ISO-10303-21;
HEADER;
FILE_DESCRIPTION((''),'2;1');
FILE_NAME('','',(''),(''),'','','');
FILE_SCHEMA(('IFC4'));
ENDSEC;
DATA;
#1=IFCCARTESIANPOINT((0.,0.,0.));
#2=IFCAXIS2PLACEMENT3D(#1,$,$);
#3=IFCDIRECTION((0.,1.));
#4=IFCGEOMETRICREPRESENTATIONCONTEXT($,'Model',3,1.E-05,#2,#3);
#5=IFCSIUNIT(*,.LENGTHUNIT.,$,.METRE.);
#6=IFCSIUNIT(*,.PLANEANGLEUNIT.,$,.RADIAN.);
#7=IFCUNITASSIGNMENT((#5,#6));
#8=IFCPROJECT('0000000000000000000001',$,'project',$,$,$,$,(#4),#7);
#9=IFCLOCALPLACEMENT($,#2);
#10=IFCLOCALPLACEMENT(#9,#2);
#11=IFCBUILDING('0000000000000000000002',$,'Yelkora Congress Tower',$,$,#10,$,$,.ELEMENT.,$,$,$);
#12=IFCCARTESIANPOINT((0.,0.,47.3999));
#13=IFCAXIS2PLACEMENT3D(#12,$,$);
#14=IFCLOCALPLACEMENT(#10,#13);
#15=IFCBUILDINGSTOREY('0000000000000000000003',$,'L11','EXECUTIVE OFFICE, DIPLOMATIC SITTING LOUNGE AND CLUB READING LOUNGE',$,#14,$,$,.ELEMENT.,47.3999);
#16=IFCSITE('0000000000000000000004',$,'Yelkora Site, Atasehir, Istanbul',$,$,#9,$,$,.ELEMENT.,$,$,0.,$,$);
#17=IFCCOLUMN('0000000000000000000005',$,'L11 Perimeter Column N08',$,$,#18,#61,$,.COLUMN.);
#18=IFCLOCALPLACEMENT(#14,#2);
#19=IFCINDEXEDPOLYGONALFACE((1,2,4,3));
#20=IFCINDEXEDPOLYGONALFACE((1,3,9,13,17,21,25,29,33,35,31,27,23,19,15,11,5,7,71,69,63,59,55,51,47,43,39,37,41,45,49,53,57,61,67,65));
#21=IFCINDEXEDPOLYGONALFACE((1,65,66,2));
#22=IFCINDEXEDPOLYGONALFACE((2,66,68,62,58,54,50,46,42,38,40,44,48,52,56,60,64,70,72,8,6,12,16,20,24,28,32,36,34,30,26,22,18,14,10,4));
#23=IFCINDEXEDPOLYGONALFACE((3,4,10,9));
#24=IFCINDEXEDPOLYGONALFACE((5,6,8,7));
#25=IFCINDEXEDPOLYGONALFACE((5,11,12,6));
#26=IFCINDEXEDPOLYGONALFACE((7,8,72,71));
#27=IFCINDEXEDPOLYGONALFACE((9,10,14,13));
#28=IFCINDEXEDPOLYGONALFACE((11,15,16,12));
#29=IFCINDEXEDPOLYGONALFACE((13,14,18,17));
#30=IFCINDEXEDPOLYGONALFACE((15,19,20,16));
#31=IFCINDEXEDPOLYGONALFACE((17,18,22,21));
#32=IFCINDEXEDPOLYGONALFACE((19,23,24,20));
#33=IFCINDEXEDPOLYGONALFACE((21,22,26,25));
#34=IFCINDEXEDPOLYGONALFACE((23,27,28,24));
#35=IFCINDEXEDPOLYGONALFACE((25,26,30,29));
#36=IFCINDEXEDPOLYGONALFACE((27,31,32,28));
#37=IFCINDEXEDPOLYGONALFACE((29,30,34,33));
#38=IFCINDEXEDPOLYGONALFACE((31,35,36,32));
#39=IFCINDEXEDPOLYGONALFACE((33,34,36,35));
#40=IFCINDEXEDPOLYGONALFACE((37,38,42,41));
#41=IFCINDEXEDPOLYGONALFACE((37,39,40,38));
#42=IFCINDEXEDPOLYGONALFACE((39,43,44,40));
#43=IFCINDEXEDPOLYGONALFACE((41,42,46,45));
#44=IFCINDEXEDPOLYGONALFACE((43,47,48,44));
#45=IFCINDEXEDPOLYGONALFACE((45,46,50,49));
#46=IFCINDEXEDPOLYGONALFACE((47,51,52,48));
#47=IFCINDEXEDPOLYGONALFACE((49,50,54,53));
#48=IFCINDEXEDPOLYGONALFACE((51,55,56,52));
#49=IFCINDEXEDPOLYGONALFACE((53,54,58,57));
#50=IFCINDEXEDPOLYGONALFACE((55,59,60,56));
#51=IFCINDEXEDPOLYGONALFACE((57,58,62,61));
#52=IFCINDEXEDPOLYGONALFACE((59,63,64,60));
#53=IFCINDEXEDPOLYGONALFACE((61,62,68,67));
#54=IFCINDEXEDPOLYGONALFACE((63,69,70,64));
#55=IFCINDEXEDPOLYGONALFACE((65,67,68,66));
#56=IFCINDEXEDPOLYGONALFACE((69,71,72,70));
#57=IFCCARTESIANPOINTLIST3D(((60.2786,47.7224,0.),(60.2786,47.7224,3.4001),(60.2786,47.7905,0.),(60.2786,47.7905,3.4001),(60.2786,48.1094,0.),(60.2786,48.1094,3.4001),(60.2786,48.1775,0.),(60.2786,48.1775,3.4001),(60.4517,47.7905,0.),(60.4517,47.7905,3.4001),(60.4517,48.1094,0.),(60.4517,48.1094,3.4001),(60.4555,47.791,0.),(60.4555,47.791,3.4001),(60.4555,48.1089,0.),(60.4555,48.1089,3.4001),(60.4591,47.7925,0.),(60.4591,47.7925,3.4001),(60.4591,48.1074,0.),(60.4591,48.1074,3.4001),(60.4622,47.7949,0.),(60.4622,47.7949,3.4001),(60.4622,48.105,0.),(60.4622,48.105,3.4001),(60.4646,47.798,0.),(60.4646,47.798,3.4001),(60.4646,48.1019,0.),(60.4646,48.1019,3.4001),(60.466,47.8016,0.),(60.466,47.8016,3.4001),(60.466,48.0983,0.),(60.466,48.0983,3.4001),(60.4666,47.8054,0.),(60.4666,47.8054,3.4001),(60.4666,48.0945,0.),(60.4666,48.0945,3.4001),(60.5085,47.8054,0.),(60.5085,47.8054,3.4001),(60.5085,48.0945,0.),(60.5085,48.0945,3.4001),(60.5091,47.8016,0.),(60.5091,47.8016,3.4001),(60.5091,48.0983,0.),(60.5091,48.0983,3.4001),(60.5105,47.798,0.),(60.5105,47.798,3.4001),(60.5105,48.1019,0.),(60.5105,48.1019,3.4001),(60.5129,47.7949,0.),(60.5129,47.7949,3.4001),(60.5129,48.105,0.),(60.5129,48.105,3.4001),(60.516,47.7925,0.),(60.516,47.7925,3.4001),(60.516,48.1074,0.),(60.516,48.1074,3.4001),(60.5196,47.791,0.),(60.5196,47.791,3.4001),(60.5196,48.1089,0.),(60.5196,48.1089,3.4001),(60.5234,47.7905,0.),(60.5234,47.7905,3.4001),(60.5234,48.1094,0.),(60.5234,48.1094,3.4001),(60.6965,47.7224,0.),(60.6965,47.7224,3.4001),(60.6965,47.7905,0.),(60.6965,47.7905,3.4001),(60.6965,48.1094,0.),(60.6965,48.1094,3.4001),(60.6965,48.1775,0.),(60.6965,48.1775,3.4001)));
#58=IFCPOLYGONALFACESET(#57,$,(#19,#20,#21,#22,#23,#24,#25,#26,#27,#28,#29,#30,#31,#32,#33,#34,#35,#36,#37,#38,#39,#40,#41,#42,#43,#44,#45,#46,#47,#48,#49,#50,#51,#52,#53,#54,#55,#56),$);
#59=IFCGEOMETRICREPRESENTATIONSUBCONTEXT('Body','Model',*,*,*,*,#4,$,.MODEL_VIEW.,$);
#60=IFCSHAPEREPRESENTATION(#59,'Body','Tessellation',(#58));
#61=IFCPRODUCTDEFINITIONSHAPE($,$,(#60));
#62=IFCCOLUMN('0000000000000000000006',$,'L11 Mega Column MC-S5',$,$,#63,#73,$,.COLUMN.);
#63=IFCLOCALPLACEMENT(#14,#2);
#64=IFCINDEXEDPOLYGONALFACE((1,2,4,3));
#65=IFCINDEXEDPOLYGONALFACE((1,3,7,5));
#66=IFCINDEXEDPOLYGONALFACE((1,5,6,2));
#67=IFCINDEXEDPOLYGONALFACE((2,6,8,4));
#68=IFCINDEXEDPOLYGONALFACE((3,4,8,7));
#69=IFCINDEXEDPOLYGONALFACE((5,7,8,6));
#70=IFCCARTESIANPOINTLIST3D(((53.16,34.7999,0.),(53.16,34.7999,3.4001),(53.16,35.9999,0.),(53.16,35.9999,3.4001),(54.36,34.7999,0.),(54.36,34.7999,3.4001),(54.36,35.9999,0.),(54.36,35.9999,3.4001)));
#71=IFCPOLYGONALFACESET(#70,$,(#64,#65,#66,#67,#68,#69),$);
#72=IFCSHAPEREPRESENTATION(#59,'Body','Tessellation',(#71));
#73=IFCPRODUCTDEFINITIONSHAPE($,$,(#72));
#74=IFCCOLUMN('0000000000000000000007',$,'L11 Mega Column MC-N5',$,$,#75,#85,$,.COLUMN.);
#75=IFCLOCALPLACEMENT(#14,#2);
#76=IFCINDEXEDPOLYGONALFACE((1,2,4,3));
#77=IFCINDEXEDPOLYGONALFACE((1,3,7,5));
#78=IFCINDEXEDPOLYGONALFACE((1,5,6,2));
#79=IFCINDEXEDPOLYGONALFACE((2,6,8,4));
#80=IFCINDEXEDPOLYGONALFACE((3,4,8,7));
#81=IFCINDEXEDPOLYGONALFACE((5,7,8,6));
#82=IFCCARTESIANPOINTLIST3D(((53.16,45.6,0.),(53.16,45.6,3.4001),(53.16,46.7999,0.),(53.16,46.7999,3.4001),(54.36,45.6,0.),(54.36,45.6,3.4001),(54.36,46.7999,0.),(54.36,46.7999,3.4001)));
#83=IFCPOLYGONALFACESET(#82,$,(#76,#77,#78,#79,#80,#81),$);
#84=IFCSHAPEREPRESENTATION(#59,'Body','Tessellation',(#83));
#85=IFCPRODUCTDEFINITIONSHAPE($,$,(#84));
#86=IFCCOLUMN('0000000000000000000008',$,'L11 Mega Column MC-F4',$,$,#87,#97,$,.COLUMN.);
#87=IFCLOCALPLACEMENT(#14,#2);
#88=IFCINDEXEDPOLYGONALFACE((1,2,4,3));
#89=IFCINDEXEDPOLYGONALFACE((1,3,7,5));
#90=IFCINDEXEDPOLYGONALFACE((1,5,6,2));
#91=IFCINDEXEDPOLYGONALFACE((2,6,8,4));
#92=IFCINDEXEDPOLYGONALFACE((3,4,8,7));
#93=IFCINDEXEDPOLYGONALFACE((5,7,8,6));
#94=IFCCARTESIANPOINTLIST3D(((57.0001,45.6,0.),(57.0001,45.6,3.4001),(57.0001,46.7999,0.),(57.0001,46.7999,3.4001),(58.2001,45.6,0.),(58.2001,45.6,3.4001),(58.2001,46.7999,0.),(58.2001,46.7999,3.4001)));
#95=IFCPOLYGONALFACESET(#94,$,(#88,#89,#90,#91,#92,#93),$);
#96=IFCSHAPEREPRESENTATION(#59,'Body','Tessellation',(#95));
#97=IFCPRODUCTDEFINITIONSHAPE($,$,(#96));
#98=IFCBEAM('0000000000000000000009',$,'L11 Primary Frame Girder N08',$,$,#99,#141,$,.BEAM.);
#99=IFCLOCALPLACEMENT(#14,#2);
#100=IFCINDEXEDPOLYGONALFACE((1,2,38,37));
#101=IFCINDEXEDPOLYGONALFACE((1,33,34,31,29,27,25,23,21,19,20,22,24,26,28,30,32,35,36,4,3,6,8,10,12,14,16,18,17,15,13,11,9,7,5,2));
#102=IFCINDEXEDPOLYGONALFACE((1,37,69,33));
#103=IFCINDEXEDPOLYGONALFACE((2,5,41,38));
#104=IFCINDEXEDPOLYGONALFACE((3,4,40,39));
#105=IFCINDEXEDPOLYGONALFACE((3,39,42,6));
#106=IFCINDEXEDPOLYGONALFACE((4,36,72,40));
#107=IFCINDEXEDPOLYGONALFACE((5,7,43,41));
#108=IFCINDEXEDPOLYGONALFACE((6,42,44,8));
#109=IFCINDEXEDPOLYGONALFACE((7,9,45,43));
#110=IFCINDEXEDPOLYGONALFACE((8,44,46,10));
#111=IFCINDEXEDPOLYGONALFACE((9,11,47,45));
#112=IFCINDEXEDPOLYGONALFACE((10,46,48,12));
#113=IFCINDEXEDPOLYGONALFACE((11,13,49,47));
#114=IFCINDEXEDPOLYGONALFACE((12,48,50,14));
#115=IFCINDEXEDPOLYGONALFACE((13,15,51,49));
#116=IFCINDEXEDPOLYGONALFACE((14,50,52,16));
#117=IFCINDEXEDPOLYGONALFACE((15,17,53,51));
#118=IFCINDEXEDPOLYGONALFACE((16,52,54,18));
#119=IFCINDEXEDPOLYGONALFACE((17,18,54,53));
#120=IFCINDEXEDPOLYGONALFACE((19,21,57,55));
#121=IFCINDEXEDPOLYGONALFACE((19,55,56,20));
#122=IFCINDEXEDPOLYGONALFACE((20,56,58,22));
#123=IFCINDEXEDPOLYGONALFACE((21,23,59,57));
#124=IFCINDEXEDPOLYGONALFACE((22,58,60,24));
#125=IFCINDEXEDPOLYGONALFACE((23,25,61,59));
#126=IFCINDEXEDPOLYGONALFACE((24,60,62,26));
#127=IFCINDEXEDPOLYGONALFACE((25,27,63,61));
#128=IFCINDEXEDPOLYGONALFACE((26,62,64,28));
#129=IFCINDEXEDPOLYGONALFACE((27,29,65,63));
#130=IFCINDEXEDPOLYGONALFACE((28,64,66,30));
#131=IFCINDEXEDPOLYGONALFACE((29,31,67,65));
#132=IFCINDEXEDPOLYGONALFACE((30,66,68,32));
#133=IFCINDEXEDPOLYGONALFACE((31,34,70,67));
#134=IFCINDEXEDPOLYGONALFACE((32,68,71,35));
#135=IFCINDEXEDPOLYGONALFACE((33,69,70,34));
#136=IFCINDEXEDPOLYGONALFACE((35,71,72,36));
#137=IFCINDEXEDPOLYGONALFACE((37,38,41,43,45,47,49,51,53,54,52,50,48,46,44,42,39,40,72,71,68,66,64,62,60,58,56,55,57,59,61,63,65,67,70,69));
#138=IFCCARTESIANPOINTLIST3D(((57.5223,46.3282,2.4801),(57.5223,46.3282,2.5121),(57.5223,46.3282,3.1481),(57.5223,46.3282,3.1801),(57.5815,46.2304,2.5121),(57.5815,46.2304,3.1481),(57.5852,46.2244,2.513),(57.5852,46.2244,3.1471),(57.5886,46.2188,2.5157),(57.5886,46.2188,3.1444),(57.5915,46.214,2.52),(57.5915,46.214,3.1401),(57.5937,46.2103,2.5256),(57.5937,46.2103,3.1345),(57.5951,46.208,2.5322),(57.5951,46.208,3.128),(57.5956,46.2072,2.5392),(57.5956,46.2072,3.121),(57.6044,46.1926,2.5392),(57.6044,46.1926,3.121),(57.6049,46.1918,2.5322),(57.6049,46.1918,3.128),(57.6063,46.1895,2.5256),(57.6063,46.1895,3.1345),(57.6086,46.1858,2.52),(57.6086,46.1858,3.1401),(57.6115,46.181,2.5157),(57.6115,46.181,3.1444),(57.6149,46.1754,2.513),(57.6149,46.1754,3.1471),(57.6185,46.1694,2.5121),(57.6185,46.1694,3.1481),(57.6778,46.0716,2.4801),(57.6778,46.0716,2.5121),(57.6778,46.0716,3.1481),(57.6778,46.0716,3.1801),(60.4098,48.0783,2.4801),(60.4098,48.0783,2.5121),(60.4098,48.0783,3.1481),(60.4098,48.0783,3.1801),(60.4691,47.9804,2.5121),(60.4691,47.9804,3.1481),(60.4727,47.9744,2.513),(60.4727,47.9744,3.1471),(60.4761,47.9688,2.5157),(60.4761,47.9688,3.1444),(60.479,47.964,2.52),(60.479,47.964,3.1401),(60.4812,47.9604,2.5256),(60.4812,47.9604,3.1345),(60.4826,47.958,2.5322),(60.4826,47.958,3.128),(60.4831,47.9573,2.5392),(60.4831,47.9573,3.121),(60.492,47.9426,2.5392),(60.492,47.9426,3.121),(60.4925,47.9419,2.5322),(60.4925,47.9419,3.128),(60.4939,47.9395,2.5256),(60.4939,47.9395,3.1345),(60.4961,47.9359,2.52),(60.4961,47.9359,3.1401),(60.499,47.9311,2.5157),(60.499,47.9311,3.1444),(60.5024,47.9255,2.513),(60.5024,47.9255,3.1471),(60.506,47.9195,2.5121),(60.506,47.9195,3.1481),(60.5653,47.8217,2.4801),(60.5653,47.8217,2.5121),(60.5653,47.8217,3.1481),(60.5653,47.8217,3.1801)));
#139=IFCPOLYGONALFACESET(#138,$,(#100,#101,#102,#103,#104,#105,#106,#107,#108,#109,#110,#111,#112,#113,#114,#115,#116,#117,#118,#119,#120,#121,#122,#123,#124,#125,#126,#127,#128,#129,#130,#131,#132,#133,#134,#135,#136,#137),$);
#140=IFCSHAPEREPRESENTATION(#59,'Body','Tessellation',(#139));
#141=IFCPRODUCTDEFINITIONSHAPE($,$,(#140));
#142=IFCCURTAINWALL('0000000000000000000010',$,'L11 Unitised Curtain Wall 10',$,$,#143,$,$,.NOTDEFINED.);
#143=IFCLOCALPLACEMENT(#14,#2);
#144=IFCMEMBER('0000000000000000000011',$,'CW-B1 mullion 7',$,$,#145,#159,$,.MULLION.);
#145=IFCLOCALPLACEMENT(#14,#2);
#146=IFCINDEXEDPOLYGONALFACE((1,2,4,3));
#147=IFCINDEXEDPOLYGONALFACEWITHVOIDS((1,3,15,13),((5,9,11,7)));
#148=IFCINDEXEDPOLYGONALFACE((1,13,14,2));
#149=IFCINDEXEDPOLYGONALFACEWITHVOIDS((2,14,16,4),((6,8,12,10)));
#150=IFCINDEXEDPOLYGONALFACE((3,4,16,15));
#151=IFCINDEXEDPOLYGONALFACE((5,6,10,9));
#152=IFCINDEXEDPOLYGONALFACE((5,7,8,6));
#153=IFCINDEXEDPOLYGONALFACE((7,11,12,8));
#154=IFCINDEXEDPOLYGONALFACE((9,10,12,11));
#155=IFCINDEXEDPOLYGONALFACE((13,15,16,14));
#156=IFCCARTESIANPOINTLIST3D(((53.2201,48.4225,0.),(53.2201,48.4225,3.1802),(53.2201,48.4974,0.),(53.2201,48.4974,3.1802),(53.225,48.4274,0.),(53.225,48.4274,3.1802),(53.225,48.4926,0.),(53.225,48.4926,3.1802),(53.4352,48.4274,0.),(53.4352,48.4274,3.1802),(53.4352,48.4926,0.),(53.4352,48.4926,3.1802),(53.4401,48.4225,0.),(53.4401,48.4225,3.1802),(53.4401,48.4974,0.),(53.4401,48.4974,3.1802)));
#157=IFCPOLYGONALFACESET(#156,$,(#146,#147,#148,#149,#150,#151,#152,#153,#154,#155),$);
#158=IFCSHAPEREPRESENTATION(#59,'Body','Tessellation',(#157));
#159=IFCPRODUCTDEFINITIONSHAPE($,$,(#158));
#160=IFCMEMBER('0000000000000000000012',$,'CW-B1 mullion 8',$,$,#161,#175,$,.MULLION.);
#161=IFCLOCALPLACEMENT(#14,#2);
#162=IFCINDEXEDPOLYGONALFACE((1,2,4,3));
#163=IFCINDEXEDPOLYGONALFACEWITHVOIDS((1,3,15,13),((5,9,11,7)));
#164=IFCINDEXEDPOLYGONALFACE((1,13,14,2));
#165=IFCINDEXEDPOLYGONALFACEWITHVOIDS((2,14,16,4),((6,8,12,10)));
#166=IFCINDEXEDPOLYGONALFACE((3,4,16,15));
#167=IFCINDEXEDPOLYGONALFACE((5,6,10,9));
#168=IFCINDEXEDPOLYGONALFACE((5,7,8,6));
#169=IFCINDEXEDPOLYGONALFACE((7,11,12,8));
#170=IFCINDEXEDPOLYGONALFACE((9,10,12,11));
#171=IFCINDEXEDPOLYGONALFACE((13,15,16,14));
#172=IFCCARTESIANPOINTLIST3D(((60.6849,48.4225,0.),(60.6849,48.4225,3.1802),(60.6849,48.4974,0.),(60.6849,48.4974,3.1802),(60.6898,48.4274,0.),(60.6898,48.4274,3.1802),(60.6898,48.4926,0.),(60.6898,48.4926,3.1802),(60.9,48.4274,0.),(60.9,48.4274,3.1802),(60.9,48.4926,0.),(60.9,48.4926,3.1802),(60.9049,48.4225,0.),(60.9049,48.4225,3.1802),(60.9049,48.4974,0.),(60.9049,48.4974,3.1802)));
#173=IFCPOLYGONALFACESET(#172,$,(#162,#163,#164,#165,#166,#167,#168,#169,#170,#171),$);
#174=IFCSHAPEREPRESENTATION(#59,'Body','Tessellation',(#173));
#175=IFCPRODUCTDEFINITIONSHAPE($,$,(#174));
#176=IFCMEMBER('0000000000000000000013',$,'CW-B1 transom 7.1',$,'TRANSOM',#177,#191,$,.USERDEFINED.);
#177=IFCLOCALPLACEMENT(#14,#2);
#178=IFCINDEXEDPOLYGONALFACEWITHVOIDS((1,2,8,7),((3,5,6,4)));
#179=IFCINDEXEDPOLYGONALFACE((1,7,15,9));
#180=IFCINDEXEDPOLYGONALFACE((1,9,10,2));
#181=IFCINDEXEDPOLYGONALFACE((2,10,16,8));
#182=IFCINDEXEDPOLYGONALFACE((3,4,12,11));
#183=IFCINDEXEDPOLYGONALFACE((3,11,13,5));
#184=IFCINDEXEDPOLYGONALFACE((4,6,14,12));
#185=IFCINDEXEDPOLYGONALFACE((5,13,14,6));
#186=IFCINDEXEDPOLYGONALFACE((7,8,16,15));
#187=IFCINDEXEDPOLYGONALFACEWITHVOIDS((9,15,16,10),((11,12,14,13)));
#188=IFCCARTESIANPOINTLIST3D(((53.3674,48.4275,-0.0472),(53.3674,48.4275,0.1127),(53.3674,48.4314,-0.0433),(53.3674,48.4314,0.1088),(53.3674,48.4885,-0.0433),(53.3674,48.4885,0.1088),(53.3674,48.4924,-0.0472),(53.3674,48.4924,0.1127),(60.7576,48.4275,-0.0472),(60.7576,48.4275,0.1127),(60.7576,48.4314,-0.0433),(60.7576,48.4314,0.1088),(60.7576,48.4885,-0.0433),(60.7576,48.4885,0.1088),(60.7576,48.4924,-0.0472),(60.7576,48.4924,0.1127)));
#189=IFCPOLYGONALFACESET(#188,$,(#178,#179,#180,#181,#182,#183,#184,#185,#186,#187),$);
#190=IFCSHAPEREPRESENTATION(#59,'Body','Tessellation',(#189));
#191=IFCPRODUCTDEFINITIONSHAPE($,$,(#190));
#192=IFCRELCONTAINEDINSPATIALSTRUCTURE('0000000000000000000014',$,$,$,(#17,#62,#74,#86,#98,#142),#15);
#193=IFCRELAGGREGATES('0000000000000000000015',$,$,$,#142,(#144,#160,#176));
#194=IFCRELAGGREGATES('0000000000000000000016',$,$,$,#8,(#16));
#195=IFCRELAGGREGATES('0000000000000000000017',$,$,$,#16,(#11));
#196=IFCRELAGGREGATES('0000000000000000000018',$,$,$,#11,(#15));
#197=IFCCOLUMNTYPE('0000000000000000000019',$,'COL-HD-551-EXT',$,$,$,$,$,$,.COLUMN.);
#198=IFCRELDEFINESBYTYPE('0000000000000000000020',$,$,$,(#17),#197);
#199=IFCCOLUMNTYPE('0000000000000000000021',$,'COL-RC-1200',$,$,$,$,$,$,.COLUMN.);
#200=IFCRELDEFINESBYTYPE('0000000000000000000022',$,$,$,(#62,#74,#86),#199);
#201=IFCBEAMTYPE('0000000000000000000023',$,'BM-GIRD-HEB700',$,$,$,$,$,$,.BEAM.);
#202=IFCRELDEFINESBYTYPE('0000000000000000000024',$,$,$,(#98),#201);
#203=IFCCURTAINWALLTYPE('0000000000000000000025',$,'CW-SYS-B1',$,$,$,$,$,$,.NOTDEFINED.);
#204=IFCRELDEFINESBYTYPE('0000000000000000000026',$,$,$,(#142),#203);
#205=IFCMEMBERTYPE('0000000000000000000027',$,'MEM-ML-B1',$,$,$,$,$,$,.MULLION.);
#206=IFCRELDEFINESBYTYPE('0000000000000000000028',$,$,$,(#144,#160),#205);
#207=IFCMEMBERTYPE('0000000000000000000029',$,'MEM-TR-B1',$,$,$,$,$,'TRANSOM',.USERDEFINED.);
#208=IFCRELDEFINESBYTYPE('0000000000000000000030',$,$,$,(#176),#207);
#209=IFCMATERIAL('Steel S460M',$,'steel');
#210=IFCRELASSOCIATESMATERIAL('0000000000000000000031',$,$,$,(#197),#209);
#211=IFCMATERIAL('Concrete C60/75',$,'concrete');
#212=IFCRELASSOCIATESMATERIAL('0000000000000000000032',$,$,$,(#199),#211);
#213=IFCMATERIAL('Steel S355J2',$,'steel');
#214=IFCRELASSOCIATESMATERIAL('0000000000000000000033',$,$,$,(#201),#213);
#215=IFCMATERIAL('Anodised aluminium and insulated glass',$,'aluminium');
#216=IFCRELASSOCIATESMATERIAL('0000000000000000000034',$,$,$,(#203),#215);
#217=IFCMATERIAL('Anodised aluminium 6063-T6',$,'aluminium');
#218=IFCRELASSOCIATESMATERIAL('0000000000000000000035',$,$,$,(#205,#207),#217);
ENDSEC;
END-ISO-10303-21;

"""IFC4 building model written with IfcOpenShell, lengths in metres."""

from ifc_helpers import new_model, si_unit, direction, frame, origin, origin_2d, place, context, subcontext, project, spatial, rectangle, hollow_rectangle, i_section, extrude, material, material_profile, profile_set, type_object, element, aggregate, save


model = new_model("IFC4")

# Units and contexts
model_context = context("Model", 3, precision=1e-05, world=origin(), true_north=direction((0.0, 1.0)))
body_context = subcontext(model_context, "Body", "Model", "MODEL_VIEW")
ifc_project = project(units=[si_unit("LENGTHUNIT", "METRE"), si_unit("PLANEANGLEUNIT", "RADIAN")], contexts=[model_context])

# Site, building, storey
site_placement = place(None, origin())
site = spatial("IfcSite", under=ifc_project, at=site_placement, Name="Yelkora Site, Atasehir, Istanbul", CompositionType="ELEMENT", RefElevation=0.0)
building_placement = place(site_placement, origin())
building = spatial("IfcBuilding", under=site, at=building_placement, Name="Yelkora Congress Tower", CompositionType="ELEMENT")
storey_placement = place(building_placement, frame((0.0, 0.0, 47.3999)))
storey = spatial("IfcBuildingStorey", under=building, at=storey_placement, Name="L11", Description="EXECUTIVE OFFICE, DIPLOMATIC SITTING LOUNGE AND CLUB READING LOUNGE", CompositionType="ELEMENT", Elevation=47.3999)

# Columns
ifc_material_1 = material(Name="Steel S460M", Category="steel")
ifc_material_profile_1 = material_profile(ifc_material_1, i_section(OverallWidth=0.418, OverallDepth=0.4551, WebThickness=0.042, FlangeThickness=0.0681, FilletRadius=0.0149, at=origin_2d()), Name="HD 400x551")
ifc_profile_set_1 = profile_set([ifc_material_profile_1], Name="Steel S460M")
column_type_1 = type_object("IfcColumnType", Name="COL-HD-551-EXT", PredefinedType="COLUMN", material=ifc_profile_set_1)
column_placement = place(storey_placement, frame((60.4875, 47.95, 0.0), z_axis=(0.0, 0.0, 1.0), x_axis=(1.0, 0.0, 0.0)))
element("IfcColumn", 1, at=column_placement, inside=storey, type_object=column_type_1, Name="L11 Perimeter Column N08", PredefinedType="COLUMN", context=body_context, shape_type="SweptSolid", body=[
    extrude(i_section(OverallWidth=0.418, OverallDepth=0.4551, WebThickness=0.042, FlangeThickness=0.0681, FilletRadius=0.0149, at=origin_2d()), origin(), (0.0, 0.0, 1.0), 3.4001),
])
ifc_material_2 = material(Name="Concrete C60/75", Category="concrete")
ifc_material_profile_2 = material_profile(ifc_material_2, rectangle(XDim=1.2, YDim=1.2, at=origin_2d()), Name="RC 1200x1200")
ifc_profile_set_2 = profile_set([ifc_material_profile_2], Name="Concrete C60/75")
column_type_2 = type_object("IfcColumnType", Name="COL-RC-1200", PredefinedType="COLUMN", material=ifc_profile_set_2)
for number, where, z_axis, x_axis, name in (
    (2, (53.76, 35.3999, 0.0), (0.0, 0.0, 1.0), (1.0, 0.0, 0.0), "L11 Mega Column MC-S5"),
    (3, (53.76, 46.2, 0.0), (0.0, 0.0, 1.0), (1.0, 0.0, 0.0), "L11 Mega Column MC-N5"),
    (4, (57.6001, 46.2, 0.0), (0.0, 0.0, 1.0), (1.0, 0.0, 0.0), "L11 Mega Column MC-F4"),
):
    element("IfcColumn", number, at=place(storey_placement, frame(where, z_axis=z_axis, x_axis=x_axis)), inside=storey, type_object=column_type_2, Name=name, PredefinedType="COLUMN", context=body_context, shape_type="SweptSolid", body=[
        extrude(rectangle(XDim=1.2, YDim=1.2, at=origin_2d()), origin(), (0.0, 0.0, 1.0), 3.4001),
    ])

# Beam
ifc_material_3 = material(Name="Steel S355J2", Category="steel")
ifc_material_profile_3 = material_profile(ifc_material_3, i_section(OverallWidth=0.3, OverallDepth=0.7, WebThickness=0.0171, FlangeThickness=0.032, FilletRadius=0.0271, at=origin_2d()), Name="HEB 700")
ifc_profile_set_3 = profile_set([ifc_material_profile_3], Name="Steel S355J2")
beam_type = type_object("IfcBeamType", Name="BM-GIRD-HEB700", PredefinedType="BEAM", material=ifc_profile_set_3)
beam_placement = place(storey_placement, frame((60.4875, 47.95, 2.8301), z_axis=(-0.855194, -0.518308, 0.0), x_axis=(0.518308, -0.855194, 0.0)))
element("IfcBeam", 5, at=beam_placement, inside=storey, type_object=beam_type, Name="L11 Primary Frame Girder N08", PredefinedType="BEAM", context=body_context, shape_type="SweptSolid", body=[
    extrude(i_section(OverallWidth=0.3, OverallDepth=0.7, WebThickness=0.0171, FlangeThickness=0.032, FilletRadius=0.0271, at=origin_2d()), origin(), (0.0, 0.0, 1.0), 3.3765),
])

# Curtain wall, members
ifc_material_4 = material(Name="Anodised aluminium and insulated glass", Category="aluminium")
curtain_wall_type = type_object("IfcCurtainWallType", Name="CW-SYS-B1", PredefinedType="NOTDEFINED", material=ifc_material_4)
curtain_wall_placement = place(storey_placement, origin())
curtain_wall = element("IfcCurtainWall", 6, at=curtain_wall_placement, inside=storey, type_object=curtain_wall_type, Name="L11 Unitised Curtain Wall 10", PredefinedType="NOTDEFINED")
ifc_material_5 = material(Name="Anodised aluminium 6063-T6", Category="aluminium")
ifc_material_profile_4 = material_profile(ifc_material_5, hollow_rectangle(XDim=0.075, YDim=0.22, WallThickness=0.0049, at=origin_2d()), Name="ALU 75x220x5")
ifc_profile_set_4 = profile_set([ifc_material_profile_4], Name="Anodised aluminium 6063-T6")
member_type_1 = type_object("IfcMemberType", Name="MEM-ML-B1", PredefinedType="MULLION", material=ifc_profile_set_4)
member_1_placement = place(storey_placement, frame((53.3301, 48.46, 0.0), z_axis=(0.0, 0.0, 1.0), x_axis=(0.0, 1.0, 0.0)))
member_1 = element("IfcMember", 7, at=member_1_placement, type_object=member_type_1, Name="CW-B1 mullion 7", PredefinedType="MULLION", context=body_context, shape_type="SweptSolid", body=[
    extrude(hollow_rectangle(XDim=0.075, YDim=0.22, WallThickness=0.0049, at=origin_2d()), origin(), (0.0, 0.0, 1.0), 3.1802),
])
member_2_placement = place(storey_placement, frame((60.7949, 48.46, 0.0), z_axis=(0.0, 0.0, 1.0), x_axis=(0.0, 1.0, 0.0)))
member_2 = element("IfcMember", 8, at=member_2_placement, type_object=member_type_1, Name="CW-B1 mullion 8", PredefinedType="MULLION", context=body_context, shape_type="SweptSolid", body=[
    extrude(hollow_rectangle(XDim=0.075, YDim=0.22, WallThickness=0.0049, at=origin_2d()), origin(), (0.0, 0.0, 1.0), 3.1802),
])
ifc_material_profile_5 = material_profile(ifc_material_5, hollow_rectangle(XDim=0.0649, YDim=0.1599, WallThickness=0.0039, at=origin_2d()), Name="ALU 65x160x4")
ifc_profile_set_5 = profile_set([ifc_material_profile_5], Name="Anodised aluminium 6063-T6")
member_type_2 = type_object("IfcMemberType", Name="MEM-TR-B1", ElementType="TRANSOM", PredefinedType="USERDEFINED", material=ifc_profile_set_5)
member_3_placement = place(storey_placement, frame((53.3674, 48.46, 0.0327), z_axis=(1.0, 0.0, 0.0), x_axis=(0.0, 1.0, 0.0)))
member_3 = element("IfcMember", 9, at=member_3_placement, type_object=member_type_2, Name="CW-B1 transom 7.1", ObjectType="TRANSOM", PredefinedType="USERDEFINED", context=body_context, shape_type="SweptSolid", body=[
    extrude(hollow_rectangle(XDim=0.0649, YDim=0.1599, WallThickness=0.0039, at=origin_2d()), origin(), (0.0, 0.0, 1.0), 7.3901),
])
aggregate(curtain_wall, [member_1, member_2, member_3])

save(model, "model.ifc")
